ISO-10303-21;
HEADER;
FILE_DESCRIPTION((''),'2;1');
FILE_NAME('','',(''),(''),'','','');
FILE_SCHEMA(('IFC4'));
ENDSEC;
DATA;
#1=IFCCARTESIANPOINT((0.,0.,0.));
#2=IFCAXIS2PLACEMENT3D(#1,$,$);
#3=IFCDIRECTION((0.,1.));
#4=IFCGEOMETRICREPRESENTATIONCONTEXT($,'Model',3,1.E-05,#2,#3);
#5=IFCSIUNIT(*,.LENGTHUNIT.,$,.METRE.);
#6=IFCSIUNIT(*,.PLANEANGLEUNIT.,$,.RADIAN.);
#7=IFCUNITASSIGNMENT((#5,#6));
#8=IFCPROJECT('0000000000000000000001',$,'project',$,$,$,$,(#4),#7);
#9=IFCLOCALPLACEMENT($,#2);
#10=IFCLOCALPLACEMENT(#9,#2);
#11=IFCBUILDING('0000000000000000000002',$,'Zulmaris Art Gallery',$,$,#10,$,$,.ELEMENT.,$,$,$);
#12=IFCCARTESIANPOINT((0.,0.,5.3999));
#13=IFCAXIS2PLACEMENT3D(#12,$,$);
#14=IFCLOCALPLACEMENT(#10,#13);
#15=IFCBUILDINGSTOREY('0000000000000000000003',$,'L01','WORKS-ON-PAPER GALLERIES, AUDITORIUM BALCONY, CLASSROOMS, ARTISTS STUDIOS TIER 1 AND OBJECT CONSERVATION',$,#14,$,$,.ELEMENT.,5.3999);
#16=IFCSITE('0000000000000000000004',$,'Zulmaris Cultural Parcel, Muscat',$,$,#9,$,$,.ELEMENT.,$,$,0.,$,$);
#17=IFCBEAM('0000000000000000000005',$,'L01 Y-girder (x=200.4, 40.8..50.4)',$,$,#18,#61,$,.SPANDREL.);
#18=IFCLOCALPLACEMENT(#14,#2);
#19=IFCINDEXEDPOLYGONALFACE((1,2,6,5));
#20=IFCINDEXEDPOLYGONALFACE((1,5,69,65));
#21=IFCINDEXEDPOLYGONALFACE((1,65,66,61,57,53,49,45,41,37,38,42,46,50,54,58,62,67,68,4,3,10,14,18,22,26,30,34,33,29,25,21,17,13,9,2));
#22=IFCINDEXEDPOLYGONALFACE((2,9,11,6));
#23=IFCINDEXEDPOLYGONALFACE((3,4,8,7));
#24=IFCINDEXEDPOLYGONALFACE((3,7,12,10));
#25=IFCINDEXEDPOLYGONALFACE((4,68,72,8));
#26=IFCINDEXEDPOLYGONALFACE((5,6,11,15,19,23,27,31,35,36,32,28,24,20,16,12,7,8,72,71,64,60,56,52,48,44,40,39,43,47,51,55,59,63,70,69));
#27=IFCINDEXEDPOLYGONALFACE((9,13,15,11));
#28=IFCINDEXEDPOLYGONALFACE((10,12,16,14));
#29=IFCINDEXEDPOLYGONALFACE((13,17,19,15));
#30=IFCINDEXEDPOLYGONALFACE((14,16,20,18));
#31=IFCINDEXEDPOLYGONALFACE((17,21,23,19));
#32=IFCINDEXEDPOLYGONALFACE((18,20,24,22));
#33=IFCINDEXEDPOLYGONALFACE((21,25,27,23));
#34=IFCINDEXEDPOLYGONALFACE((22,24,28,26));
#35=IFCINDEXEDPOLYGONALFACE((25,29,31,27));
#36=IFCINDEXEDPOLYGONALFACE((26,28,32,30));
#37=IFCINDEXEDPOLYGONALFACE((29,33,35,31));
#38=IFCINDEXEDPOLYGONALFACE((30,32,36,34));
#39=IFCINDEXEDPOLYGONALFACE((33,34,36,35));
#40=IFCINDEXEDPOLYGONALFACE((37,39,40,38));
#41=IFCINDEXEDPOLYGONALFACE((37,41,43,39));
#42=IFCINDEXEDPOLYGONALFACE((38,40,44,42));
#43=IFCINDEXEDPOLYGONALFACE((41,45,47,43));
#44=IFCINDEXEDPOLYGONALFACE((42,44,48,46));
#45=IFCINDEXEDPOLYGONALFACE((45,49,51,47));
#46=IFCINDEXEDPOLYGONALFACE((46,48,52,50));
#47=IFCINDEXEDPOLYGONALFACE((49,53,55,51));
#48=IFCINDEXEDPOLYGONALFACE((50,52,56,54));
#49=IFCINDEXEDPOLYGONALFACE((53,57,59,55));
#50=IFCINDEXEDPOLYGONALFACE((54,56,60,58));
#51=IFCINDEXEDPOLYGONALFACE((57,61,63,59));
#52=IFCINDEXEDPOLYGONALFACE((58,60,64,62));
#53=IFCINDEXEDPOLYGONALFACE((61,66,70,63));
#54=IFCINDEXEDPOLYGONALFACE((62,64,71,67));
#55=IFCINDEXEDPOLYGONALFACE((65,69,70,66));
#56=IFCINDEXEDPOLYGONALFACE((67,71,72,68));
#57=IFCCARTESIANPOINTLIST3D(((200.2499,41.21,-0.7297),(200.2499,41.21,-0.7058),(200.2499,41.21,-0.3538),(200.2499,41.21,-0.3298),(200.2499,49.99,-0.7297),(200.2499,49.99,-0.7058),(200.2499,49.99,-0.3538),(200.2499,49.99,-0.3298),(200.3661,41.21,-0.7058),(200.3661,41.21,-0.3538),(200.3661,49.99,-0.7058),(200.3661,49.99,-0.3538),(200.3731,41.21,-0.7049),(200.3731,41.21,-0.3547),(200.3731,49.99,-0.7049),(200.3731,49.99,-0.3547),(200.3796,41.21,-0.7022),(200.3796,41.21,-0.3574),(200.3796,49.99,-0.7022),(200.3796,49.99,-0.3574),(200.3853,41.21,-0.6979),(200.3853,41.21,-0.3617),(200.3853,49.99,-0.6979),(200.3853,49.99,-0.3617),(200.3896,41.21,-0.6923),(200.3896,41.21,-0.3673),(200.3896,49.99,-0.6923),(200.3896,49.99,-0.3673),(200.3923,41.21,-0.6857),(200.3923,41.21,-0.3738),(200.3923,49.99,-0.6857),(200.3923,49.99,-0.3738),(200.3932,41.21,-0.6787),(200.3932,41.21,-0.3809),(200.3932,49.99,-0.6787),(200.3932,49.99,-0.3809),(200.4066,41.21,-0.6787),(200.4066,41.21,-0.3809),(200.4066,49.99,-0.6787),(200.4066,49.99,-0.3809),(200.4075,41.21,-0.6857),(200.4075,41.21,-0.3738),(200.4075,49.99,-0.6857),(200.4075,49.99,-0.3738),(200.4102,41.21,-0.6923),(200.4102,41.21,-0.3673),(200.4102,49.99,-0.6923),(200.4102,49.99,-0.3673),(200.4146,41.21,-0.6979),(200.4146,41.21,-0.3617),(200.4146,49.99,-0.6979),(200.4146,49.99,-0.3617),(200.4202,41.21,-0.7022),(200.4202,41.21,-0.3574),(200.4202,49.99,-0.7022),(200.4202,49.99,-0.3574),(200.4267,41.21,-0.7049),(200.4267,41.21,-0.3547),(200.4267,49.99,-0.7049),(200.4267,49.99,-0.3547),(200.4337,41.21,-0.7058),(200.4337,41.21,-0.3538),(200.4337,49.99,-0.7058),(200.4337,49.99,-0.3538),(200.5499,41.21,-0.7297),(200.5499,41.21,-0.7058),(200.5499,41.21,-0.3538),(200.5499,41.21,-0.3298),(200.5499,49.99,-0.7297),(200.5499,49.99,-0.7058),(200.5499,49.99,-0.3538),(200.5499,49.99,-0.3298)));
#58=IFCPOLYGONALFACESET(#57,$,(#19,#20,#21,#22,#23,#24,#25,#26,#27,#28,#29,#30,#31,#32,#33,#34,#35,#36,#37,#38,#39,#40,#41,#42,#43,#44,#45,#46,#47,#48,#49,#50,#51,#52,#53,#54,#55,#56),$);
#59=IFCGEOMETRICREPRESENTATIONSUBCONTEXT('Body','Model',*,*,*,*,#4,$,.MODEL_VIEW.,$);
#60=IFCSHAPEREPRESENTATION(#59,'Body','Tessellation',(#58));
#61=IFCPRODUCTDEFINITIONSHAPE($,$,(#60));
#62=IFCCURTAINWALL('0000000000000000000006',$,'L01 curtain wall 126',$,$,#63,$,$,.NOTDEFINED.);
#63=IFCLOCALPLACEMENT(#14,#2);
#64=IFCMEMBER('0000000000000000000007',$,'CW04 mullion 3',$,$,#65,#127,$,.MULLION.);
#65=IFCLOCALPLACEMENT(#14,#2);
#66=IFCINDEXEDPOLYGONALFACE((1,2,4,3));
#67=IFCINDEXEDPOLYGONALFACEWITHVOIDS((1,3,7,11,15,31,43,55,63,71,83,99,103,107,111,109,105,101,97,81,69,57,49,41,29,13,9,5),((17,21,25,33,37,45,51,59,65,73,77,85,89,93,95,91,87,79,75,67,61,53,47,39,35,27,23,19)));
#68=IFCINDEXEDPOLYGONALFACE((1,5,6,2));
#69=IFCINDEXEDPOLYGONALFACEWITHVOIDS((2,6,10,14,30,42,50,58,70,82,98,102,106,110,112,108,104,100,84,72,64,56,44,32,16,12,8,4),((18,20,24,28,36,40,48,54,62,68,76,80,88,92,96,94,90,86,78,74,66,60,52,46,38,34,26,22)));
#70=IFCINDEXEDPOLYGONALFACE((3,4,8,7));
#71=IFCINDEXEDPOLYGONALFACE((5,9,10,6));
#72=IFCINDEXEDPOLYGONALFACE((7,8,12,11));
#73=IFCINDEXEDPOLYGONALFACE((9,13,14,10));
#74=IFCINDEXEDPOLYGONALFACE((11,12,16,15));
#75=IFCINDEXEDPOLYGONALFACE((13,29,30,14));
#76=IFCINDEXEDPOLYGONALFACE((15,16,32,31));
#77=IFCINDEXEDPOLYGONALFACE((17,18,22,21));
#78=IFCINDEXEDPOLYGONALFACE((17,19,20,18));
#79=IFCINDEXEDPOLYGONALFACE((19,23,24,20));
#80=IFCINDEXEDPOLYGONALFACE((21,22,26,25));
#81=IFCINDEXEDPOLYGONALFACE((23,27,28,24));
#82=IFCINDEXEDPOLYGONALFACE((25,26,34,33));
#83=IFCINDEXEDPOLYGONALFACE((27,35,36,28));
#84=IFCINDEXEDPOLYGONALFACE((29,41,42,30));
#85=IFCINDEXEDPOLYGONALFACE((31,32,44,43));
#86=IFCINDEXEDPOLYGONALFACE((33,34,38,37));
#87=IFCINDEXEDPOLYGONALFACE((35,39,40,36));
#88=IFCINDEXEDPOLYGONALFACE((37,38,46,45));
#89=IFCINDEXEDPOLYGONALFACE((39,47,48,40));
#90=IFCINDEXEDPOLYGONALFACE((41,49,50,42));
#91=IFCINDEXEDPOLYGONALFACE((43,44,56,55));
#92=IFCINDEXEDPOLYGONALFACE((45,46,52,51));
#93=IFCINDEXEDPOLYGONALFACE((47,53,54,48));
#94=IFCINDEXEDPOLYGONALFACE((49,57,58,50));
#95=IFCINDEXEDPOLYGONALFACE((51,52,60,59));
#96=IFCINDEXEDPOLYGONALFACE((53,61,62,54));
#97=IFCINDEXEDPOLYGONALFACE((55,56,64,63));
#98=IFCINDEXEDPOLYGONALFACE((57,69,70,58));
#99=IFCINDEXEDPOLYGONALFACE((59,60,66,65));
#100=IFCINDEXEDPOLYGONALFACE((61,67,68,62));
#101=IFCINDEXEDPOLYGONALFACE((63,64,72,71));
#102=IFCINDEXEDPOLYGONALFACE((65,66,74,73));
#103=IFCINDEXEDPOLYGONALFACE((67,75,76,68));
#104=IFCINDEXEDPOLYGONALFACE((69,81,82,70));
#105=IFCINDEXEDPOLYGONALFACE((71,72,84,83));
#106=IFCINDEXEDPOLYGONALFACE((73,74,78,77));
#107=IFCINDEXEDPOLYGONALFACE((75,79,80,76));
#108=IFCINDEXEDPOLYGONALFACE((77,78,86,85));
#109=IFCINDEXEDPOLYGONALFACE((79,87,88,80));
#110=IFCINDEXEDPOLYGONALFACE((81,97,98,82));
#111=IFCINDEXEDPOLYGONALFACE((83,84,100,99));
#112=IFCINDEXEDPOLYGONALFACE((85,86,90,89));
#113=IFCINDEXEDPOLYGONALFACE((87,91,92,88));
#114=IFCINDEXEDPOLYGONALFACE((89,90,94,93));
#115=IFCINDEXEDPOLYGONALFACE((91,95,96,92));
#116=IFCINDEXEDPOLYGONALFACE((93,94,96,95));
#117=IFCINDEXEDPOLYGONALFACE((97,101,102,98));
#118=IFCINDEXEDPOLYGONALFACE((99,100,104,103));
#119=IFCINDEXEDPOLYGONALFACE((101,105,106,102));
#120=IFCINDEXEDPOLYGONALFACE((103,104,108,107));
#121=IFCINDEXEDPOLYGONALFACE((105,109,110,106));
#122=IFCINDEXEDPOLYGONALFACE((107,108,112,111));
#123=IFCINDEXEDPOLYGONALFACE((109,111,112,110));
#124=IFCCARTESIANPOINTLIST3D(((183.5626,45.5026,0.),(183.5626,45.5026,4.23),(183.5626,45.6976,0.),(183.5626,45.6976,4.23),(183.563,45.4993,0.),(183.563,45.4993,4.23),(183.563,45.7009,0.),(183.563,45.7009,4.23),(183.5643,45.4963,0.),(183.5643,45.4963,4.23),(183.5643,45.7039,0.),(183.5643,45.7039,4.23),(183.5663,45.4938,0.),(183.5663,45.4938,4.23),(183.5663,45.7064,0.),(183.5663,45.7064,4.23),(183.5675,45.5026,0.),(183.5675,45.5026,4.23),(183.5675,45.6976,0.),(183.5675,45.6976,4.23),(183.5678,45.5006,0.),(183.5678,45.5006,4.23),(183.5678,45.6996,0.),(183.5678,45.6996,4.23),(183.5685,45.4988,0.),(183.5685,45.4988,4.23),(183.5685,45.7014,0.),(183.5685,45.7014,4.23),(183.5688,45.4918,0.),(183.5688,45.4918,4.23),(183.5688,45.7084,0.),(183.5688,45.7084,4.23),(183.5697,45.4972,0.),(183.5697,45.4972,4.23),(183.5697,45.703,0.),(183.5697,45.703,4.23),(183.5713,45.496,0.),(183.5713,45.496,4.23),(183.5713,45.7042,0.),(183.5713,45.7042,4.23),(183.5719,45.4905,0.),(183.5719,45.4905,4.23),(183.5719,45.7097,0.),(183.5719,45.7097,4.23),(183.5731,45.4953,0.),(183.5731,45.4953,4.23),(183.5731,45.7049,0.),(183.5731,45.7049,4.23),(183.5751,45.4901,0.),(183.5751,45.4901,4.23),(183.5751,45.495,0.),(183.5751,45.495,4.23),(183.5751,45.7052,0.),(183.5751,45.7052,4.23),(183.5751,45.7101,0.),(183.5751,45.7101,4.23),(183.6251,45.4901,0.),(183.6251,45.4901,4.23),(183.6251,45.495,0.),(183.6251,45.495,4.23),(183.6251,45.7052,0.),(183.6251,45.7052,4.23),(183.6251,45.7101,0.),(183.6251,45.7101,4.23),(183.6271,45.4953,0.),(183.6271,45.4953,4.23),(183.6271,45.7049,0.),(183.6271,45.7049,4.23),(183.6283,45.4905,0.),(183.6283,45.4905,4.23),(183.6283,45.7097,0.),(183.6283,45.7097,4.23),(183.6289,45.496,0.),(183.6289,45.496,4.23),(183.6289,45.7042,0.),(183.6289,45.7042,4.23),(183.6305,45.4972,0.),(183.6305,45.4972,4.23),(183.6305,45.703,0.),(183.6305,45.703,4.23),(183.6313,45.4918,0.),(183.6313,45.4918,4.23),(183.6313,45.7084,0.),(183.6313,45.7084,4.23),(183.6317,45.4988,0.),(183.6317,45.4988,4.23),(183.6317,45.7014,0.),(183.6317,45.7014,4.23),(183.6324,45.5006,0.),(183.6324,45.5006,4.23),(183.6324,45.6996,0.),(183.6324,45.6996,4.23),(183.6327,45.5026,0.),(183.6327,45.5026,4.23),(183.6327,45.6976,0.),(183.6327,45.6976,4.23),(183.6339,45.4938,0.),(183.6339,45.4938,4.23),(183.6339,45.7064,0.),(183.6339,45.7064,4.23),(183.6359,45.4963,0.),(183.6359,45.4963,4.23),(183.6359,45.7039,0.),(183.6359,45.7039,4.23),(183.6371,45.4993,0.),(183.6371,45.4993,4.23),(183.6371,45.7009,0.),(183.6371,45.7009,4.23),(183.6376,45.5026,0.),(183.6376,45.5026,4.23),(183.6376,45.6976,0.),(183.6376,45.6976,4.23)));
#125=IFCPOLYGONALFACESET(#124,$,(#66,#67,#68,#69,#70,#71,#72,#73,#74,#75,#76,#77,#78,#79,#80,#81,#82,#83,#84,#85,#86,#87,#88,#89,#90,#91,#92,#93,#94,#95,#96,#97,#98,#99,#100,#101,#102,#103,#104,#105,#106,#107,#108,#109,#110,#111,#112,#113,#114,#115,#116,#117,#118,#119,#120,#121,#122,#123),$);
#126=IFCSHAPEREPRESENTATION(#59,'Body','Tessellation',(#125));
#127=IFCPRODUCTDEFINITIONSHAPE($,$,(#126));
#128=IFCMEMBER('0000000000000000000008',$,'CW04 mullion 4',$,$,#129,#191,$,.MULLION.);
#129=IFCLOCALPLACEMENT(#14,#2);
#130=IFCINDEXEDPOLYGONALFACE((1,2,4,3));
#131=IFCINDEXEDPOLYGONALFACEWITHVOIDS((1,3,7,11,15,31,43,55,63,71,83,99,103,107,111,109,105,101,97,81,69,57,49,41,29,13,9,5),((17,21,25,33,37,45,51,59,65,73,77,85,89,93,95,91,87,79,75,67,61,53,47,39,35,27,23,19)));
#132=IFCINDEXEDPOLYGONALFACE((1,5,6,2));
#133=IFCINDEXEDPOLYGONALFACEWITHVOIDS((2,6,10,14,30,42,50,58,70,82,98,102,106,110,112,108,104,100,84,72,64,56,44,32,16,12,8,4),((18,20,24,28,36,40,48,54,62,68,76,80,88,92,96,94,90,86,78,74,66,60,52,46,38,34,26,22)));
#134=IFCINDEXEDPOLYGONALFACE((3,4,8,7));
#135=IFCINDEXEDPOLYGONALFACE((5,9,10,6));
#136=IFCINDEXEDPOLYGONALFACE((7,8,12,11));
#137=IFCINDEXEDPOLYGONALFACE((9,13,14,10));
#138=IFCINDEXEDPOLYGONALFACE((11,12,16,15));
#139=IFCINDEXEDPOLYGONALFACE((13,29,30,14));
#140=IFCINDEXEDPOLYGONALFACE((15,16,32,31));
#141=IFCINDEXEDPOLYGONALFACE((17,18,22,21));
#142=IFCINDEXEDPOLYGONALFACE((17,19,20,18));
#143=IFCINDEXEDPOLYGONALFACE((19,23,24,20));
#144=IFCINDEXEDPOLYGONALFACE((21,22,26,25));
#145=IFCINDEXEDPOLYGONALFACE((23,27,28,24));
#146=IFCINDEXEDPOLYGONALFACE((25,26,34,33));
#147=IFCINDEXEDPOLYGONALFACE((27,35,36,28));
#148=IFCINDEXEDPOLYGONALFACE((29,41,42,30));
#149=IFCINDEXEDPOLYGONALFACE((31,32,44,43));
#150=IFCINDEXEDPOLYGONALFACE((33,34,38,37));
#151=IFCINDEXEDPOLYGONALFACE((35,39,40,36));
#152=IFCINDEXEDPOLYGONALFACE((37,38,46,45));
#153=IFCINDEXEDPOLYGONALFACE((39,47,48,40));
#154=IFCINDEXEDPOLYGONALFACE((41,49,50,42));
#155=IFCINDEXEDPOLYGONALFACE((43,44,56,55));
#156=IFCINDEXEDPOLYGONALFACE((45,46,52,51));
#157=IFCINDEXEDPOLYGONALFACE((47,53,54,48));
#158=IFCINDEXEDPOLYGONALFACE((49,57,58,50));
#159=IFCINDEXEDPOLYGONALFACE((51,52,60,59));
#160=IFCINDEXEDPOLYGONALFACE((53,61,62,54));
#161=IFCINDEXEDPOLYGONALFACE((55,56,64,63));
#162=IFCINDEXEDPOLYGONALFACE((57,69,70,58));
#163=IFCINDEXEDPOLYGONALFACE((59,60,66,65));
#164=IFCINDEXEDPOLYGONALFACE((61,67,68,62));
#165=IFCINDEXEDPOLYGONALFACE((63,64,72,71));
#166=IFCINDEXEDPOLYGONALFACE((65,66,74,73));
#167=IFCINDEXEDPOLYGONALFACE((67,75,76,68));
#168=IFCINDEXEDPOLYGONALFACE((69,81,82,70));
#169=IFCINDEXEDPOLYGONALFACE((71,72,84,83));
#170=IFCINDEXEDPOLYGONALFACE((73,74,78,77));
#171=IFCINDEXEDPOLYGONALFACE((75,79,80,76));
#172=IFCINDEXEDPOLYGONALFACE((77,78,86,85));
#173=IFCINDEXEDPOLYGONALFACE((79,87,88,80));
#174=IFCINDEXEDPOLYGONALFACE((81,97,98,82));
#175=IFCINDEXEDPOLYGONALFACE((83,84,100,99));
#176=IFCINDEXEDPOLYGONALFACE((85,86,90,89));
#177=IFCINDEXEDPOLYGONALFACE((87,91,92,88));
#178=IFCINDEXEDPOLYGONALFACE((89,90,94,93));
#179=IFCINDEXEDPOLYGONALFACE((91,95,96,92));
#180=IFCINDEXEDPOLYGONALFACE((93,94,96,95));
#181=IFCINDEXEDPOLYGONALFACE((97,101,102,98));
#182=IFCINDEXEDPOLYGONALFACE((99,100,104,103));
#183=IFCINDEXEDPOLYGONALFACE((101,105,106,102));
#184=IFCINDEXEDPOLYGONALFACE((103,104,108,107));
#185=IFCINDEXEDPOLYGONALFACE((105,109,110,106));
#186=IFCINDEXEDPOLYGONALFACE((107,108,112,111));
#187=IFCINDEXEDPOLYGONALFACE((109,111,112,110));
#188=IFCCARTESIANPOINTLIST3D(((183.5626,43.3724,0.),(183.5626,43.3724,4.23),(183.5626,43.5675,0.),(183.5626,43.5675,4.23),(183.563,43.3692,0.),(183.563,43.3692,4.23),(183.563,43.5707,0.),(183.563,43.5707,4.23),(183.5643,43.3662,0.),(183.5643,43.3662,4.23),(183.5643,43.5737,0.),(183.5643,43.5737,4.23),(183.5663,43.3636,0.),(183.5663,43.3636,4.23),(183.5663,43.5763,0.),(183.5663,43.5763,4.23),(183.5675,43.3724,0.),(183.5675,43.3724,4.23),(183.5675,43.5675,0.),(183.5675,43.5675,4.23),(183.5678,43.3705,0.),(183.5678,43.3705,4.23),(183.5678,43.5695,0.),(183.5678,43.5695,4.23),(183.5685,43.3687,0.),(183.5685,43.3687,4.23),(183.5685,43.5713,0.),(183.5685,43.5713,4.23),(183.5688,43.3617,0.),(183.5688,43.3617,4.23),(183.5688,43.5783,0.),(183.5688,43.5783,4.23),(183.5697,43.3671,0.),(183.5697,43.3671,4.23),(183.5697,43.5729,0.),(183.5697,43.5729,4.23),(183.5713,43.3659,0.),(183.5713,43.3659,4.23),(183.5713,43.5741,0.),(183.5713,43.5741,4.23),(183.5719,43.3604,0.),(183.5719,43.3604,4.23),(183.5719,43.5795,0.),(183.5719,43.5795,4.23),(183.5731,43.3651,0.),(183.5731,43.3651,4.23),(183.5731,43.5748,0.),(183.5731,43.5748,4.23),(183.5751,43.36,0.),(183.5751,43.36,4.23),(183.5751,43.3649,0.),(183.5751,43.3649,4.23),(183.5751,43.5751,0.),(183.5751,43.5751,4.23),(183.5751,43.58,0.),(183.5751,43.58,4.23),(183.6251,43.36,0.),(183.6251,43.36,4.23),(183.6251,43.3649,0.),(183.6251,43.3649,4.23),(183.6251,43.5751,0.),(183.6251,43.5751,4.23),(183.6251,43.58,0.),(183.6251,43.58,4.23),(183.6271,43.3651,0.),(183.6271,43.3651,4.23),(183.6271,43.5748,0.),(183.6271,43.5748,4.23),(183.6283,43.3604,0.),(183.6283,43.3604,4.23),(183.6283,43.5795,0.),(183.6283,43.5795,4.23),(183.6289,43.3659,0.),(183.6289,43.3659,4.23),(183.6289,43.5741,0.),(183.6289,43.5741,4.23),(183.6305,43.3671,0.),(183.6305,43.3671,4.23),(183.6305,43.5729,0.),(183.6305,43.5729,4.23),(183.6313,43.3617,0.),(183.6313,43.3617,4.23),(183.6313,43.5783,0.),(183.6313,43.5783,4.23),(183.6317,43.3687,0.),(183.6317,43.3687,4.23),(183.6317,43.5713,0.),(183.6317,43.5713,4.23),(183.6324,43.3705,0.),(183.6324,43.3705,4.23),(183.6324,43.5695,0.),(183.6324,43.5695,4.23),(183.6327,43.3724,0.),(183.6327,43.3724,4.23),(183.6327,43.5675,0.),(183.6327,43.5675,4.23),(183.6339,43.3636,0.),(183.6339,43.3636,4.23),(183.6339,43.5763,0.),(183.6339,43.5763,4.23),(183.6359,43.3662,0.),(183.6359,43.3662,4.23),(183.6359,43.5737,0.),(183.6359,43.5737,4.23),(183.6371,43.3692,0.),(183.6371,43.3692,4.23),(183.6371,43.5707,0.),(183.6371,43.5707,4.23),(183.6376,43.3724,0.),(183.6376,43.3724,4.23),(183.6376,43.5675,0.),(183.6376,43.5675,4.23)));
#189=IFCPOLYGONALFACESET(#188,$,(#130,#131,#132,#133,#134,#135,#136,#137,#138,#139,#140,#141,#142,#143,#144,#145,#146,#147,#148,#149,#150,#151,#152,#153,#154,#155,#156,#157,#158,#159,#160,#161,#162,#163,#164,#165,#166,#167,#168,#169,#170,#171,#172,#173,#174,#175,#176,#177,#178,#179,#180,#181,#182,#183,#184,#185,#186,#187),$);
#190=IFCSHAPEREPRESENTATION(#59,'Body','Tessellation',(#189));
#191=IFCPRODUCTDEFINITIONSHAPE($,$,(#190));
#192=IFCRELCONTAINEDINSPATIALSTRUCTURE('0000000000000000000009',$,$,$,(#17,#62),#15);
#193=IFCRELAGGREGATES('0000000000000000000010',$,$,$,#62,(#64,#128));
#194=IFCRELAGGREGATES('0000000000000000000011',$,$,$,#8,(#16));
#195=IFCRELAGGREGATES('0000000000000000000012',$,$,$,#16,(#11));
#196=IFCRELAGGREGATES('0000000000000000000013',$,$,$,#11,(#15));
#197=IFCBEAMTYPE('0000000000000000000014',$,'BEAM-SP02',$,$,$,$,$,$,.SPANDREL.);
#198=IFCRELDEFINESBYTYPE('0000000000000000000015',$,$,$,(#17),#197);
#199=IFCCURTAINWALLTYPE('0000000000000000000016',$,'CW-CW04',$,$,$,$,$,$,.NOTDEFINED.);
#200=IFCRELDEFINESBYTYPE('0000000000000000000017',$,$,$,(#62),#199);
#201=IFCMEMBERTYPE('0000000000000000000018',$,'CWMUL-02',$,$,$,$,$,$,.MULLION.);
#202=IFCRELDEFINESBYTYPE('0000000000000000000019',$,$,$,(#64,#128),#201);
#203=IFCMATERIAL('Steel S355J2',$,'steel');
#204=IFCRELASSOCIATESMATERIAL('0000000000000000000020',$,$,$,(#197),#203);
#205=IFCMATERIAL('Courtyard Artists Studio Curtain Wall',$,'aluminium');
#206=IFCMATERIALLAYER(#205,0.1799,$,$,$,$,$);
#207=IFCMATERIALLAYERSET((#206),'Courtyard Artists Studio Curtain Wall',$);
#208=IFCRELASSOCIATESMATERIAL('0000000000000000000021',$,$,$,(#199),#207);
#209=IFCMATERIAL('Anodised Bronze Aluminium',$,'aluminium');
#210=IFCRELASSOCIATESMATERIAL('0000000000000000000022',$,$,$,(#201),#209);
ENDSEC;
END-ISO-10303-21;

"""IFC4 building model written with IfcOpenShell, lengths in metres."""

from ifc_helpers import new_model, si_unit, direction, frame, origin, origin_2d, place, context, subcontext, project, spatial, hollow_rectangle, i_section, extrude, material, layer, layer_set, material_profile, profile_set, type_object, element, aggregate, save


model = new_model("IFC4")

# Units and contexts
model_context = context("Model", 3, precision=1e-05, world=origin(), true_north=direction((0.0, 1.0)))
body_context = subcontext(model_context, "Body", "Model", "MODEL_VIEW")
ifc_project = project(units=[si_unit("LENGTHUNIT", "METRE"), si_unit("PLANEANGLEUNIT", "RADIAN")], contexts=[model_context])

# Site, building, storey
site_placement = place(None, origin())
site = spatial("IfcSite", under=ifc_project, at=site_placement, Name="Zulmaris Cultural Parcel, Muscat", CompositionType="ELEMENT", RefElevation=0.0)
building_placement = place(site_placement, origin())
building = spatial("IfcBuilding", under=site, at=building_placement, Name="Zulmaris Art Gallery", CompositionType="ELEMENT")
storey_placement = place(building_placement, frame((0.0, 0.0, 5.3999)))
storey = spatial("IfcBuildingStorey", under=building, at=storey_placement, Name="L01", Description="WORKS-ON-PAPER GALLERIES, AUDITORIUM BALCONY, CLASSROOMS, ARTISTS STUDIOS TIER 1 AND OBJECT CONSERVATION", CompositionType="ELEMENT", Elevation=5.3999)

# Beam
ifc_material_1 = material(Name="Steel S355J2", Category="steel")
ifc_material_profile_1 = material_profile(ifc_material_1, i_section(OverallWidth=0.3, OverallDepth=0.3999, WebThickness=0.0134, FlangeThickness=0.0239, FilletRadius=0.0271, at=origin_2d()), Name="HEB 400")
ifc_profile_set_1 = profile_set([ifc_material_profile_1], Name="Steel S355J2")
beam_type_1 = type_object("IfcBeamType", Name="BEAM-SP02", PredefinedType="SPANDREL", material=ifc_profile_set_1)
beam_1_placement = place(storey_placement, frame((200.3999, 41.21, -0.5298), z_axis=(0.0, 1.0, 0.0), x_axis=(-1.0, 0.0, 0.0)))
element("IfcBeam", 1, at=beam_1_placement, inside=storey, type_object=beam_type_1, Name="L01 Y-girder (x=200.4, 40.8..50.4)", PredefinedType="SPANDREL", context=body_context, shape_type="SweptSolid", body=[
    extrude(i_section(OverallWidth=0.3, OverallDepth=0.3999, WebThickness=0.0134, FlangeThickness=0.0239, FilletRadius=0.0271, at=origin_2d()), origin(), (0.0, 0.0, 1.0), 8.78),
])

# Curtain wall, members
ifc_material_2 = material(Name="Courtyard Artists Studio Curtain Wall", Category="aluminium")
ifc_layer_1 = layer(ifc_material_2, 0.1799)
ifc_layer_set_1 = layer_set([ifc_layer_1], Name="Courtyard Artists Studio Curtain Wall")
curtain_wall_type = type_object("IfcCurtainWallType", Name="CW-CW04", PredefinedType="NOTDEFINED", material=ifc_layer_set_1)
curtain_wall_placement = place(storey_placement, origin())
curtain_wall = element("IfcCurtainWall", 2, at=curtain_wall_placement, inside=storey, type_object=curtain_wall_type, Name="L01 curtain wall 126", PredefinedType="NOTDEFINED")
ifc_material_3 = material(Name="Anodised Bronze Aluminium", Category="aluminium")
ifc_material_profile_2 = material_profile(ifc_material_3, hollow_rectangle(XDim=0.075, YDim=0.22, WallThickness=0.0049, InnerFilletRadius=0.0076, OuterFilletRadius=0.0125, at=origin_2d()), Name="ALU 75x220x5")
ifc_profile_set_2 = profile_set([ifc_material_profile_2], Name="Anodised Bronze Aluminium")
member_type_1 = type_object("IfcMemberType", Name="CWMUL-02", PredefinedType="MULLION", material=ifc_profile_set_2)
member_1_placement = place(storey_placement, frame((183.6001, 45.6001, 0.0), z_axis=(0.0, 0.0, 1.0), x_axis=(1.0, 0.0, 0.0)))
member_1 = element("IfcMember", 3, at=member_1_placement, type_object=member_type_1, Name="CW04 mullion 3", PredefinedType="MULLION", context=body_context, shape_type="SweptSolid", body=[
    extrude(hollow_rectangle(XDim=0.075, YDim=0.22, WallThickness=0.0049, InnerFilletRadius=0.0076, OuterFilletRadius=0.0125, at=origin_2d()), origin(), (0.0, 0.0, 1.0), 4.23),
])
member_2_placement = place(storey_placement, frame((183.6001, 43.47, 0.0), z_axis=(0.0, 0.0, 1.0), x_axis=(1.0, 0.0, 0.0)))
member_2 = element("IfcMember", 4, at=member_2_placement, type_object=member_type_1, Name="CW04 mullion 4", PredefinedType="MULLION", context=body_context, shape_type="SweptSolid", body=[
    extrude(hollow_rectangle(XDim=0.075, YDim=0.22, WallThickness=0.0049, InnerFilletRadius=0.0076, OuterFilletRadius=0.0125, at=origin_2d()), origin(), (0.0, 0.0, 1.0), 4.23),
])
aggregate(curtain_wall, [member_1, member_2])

save(model, "model.ifc")
